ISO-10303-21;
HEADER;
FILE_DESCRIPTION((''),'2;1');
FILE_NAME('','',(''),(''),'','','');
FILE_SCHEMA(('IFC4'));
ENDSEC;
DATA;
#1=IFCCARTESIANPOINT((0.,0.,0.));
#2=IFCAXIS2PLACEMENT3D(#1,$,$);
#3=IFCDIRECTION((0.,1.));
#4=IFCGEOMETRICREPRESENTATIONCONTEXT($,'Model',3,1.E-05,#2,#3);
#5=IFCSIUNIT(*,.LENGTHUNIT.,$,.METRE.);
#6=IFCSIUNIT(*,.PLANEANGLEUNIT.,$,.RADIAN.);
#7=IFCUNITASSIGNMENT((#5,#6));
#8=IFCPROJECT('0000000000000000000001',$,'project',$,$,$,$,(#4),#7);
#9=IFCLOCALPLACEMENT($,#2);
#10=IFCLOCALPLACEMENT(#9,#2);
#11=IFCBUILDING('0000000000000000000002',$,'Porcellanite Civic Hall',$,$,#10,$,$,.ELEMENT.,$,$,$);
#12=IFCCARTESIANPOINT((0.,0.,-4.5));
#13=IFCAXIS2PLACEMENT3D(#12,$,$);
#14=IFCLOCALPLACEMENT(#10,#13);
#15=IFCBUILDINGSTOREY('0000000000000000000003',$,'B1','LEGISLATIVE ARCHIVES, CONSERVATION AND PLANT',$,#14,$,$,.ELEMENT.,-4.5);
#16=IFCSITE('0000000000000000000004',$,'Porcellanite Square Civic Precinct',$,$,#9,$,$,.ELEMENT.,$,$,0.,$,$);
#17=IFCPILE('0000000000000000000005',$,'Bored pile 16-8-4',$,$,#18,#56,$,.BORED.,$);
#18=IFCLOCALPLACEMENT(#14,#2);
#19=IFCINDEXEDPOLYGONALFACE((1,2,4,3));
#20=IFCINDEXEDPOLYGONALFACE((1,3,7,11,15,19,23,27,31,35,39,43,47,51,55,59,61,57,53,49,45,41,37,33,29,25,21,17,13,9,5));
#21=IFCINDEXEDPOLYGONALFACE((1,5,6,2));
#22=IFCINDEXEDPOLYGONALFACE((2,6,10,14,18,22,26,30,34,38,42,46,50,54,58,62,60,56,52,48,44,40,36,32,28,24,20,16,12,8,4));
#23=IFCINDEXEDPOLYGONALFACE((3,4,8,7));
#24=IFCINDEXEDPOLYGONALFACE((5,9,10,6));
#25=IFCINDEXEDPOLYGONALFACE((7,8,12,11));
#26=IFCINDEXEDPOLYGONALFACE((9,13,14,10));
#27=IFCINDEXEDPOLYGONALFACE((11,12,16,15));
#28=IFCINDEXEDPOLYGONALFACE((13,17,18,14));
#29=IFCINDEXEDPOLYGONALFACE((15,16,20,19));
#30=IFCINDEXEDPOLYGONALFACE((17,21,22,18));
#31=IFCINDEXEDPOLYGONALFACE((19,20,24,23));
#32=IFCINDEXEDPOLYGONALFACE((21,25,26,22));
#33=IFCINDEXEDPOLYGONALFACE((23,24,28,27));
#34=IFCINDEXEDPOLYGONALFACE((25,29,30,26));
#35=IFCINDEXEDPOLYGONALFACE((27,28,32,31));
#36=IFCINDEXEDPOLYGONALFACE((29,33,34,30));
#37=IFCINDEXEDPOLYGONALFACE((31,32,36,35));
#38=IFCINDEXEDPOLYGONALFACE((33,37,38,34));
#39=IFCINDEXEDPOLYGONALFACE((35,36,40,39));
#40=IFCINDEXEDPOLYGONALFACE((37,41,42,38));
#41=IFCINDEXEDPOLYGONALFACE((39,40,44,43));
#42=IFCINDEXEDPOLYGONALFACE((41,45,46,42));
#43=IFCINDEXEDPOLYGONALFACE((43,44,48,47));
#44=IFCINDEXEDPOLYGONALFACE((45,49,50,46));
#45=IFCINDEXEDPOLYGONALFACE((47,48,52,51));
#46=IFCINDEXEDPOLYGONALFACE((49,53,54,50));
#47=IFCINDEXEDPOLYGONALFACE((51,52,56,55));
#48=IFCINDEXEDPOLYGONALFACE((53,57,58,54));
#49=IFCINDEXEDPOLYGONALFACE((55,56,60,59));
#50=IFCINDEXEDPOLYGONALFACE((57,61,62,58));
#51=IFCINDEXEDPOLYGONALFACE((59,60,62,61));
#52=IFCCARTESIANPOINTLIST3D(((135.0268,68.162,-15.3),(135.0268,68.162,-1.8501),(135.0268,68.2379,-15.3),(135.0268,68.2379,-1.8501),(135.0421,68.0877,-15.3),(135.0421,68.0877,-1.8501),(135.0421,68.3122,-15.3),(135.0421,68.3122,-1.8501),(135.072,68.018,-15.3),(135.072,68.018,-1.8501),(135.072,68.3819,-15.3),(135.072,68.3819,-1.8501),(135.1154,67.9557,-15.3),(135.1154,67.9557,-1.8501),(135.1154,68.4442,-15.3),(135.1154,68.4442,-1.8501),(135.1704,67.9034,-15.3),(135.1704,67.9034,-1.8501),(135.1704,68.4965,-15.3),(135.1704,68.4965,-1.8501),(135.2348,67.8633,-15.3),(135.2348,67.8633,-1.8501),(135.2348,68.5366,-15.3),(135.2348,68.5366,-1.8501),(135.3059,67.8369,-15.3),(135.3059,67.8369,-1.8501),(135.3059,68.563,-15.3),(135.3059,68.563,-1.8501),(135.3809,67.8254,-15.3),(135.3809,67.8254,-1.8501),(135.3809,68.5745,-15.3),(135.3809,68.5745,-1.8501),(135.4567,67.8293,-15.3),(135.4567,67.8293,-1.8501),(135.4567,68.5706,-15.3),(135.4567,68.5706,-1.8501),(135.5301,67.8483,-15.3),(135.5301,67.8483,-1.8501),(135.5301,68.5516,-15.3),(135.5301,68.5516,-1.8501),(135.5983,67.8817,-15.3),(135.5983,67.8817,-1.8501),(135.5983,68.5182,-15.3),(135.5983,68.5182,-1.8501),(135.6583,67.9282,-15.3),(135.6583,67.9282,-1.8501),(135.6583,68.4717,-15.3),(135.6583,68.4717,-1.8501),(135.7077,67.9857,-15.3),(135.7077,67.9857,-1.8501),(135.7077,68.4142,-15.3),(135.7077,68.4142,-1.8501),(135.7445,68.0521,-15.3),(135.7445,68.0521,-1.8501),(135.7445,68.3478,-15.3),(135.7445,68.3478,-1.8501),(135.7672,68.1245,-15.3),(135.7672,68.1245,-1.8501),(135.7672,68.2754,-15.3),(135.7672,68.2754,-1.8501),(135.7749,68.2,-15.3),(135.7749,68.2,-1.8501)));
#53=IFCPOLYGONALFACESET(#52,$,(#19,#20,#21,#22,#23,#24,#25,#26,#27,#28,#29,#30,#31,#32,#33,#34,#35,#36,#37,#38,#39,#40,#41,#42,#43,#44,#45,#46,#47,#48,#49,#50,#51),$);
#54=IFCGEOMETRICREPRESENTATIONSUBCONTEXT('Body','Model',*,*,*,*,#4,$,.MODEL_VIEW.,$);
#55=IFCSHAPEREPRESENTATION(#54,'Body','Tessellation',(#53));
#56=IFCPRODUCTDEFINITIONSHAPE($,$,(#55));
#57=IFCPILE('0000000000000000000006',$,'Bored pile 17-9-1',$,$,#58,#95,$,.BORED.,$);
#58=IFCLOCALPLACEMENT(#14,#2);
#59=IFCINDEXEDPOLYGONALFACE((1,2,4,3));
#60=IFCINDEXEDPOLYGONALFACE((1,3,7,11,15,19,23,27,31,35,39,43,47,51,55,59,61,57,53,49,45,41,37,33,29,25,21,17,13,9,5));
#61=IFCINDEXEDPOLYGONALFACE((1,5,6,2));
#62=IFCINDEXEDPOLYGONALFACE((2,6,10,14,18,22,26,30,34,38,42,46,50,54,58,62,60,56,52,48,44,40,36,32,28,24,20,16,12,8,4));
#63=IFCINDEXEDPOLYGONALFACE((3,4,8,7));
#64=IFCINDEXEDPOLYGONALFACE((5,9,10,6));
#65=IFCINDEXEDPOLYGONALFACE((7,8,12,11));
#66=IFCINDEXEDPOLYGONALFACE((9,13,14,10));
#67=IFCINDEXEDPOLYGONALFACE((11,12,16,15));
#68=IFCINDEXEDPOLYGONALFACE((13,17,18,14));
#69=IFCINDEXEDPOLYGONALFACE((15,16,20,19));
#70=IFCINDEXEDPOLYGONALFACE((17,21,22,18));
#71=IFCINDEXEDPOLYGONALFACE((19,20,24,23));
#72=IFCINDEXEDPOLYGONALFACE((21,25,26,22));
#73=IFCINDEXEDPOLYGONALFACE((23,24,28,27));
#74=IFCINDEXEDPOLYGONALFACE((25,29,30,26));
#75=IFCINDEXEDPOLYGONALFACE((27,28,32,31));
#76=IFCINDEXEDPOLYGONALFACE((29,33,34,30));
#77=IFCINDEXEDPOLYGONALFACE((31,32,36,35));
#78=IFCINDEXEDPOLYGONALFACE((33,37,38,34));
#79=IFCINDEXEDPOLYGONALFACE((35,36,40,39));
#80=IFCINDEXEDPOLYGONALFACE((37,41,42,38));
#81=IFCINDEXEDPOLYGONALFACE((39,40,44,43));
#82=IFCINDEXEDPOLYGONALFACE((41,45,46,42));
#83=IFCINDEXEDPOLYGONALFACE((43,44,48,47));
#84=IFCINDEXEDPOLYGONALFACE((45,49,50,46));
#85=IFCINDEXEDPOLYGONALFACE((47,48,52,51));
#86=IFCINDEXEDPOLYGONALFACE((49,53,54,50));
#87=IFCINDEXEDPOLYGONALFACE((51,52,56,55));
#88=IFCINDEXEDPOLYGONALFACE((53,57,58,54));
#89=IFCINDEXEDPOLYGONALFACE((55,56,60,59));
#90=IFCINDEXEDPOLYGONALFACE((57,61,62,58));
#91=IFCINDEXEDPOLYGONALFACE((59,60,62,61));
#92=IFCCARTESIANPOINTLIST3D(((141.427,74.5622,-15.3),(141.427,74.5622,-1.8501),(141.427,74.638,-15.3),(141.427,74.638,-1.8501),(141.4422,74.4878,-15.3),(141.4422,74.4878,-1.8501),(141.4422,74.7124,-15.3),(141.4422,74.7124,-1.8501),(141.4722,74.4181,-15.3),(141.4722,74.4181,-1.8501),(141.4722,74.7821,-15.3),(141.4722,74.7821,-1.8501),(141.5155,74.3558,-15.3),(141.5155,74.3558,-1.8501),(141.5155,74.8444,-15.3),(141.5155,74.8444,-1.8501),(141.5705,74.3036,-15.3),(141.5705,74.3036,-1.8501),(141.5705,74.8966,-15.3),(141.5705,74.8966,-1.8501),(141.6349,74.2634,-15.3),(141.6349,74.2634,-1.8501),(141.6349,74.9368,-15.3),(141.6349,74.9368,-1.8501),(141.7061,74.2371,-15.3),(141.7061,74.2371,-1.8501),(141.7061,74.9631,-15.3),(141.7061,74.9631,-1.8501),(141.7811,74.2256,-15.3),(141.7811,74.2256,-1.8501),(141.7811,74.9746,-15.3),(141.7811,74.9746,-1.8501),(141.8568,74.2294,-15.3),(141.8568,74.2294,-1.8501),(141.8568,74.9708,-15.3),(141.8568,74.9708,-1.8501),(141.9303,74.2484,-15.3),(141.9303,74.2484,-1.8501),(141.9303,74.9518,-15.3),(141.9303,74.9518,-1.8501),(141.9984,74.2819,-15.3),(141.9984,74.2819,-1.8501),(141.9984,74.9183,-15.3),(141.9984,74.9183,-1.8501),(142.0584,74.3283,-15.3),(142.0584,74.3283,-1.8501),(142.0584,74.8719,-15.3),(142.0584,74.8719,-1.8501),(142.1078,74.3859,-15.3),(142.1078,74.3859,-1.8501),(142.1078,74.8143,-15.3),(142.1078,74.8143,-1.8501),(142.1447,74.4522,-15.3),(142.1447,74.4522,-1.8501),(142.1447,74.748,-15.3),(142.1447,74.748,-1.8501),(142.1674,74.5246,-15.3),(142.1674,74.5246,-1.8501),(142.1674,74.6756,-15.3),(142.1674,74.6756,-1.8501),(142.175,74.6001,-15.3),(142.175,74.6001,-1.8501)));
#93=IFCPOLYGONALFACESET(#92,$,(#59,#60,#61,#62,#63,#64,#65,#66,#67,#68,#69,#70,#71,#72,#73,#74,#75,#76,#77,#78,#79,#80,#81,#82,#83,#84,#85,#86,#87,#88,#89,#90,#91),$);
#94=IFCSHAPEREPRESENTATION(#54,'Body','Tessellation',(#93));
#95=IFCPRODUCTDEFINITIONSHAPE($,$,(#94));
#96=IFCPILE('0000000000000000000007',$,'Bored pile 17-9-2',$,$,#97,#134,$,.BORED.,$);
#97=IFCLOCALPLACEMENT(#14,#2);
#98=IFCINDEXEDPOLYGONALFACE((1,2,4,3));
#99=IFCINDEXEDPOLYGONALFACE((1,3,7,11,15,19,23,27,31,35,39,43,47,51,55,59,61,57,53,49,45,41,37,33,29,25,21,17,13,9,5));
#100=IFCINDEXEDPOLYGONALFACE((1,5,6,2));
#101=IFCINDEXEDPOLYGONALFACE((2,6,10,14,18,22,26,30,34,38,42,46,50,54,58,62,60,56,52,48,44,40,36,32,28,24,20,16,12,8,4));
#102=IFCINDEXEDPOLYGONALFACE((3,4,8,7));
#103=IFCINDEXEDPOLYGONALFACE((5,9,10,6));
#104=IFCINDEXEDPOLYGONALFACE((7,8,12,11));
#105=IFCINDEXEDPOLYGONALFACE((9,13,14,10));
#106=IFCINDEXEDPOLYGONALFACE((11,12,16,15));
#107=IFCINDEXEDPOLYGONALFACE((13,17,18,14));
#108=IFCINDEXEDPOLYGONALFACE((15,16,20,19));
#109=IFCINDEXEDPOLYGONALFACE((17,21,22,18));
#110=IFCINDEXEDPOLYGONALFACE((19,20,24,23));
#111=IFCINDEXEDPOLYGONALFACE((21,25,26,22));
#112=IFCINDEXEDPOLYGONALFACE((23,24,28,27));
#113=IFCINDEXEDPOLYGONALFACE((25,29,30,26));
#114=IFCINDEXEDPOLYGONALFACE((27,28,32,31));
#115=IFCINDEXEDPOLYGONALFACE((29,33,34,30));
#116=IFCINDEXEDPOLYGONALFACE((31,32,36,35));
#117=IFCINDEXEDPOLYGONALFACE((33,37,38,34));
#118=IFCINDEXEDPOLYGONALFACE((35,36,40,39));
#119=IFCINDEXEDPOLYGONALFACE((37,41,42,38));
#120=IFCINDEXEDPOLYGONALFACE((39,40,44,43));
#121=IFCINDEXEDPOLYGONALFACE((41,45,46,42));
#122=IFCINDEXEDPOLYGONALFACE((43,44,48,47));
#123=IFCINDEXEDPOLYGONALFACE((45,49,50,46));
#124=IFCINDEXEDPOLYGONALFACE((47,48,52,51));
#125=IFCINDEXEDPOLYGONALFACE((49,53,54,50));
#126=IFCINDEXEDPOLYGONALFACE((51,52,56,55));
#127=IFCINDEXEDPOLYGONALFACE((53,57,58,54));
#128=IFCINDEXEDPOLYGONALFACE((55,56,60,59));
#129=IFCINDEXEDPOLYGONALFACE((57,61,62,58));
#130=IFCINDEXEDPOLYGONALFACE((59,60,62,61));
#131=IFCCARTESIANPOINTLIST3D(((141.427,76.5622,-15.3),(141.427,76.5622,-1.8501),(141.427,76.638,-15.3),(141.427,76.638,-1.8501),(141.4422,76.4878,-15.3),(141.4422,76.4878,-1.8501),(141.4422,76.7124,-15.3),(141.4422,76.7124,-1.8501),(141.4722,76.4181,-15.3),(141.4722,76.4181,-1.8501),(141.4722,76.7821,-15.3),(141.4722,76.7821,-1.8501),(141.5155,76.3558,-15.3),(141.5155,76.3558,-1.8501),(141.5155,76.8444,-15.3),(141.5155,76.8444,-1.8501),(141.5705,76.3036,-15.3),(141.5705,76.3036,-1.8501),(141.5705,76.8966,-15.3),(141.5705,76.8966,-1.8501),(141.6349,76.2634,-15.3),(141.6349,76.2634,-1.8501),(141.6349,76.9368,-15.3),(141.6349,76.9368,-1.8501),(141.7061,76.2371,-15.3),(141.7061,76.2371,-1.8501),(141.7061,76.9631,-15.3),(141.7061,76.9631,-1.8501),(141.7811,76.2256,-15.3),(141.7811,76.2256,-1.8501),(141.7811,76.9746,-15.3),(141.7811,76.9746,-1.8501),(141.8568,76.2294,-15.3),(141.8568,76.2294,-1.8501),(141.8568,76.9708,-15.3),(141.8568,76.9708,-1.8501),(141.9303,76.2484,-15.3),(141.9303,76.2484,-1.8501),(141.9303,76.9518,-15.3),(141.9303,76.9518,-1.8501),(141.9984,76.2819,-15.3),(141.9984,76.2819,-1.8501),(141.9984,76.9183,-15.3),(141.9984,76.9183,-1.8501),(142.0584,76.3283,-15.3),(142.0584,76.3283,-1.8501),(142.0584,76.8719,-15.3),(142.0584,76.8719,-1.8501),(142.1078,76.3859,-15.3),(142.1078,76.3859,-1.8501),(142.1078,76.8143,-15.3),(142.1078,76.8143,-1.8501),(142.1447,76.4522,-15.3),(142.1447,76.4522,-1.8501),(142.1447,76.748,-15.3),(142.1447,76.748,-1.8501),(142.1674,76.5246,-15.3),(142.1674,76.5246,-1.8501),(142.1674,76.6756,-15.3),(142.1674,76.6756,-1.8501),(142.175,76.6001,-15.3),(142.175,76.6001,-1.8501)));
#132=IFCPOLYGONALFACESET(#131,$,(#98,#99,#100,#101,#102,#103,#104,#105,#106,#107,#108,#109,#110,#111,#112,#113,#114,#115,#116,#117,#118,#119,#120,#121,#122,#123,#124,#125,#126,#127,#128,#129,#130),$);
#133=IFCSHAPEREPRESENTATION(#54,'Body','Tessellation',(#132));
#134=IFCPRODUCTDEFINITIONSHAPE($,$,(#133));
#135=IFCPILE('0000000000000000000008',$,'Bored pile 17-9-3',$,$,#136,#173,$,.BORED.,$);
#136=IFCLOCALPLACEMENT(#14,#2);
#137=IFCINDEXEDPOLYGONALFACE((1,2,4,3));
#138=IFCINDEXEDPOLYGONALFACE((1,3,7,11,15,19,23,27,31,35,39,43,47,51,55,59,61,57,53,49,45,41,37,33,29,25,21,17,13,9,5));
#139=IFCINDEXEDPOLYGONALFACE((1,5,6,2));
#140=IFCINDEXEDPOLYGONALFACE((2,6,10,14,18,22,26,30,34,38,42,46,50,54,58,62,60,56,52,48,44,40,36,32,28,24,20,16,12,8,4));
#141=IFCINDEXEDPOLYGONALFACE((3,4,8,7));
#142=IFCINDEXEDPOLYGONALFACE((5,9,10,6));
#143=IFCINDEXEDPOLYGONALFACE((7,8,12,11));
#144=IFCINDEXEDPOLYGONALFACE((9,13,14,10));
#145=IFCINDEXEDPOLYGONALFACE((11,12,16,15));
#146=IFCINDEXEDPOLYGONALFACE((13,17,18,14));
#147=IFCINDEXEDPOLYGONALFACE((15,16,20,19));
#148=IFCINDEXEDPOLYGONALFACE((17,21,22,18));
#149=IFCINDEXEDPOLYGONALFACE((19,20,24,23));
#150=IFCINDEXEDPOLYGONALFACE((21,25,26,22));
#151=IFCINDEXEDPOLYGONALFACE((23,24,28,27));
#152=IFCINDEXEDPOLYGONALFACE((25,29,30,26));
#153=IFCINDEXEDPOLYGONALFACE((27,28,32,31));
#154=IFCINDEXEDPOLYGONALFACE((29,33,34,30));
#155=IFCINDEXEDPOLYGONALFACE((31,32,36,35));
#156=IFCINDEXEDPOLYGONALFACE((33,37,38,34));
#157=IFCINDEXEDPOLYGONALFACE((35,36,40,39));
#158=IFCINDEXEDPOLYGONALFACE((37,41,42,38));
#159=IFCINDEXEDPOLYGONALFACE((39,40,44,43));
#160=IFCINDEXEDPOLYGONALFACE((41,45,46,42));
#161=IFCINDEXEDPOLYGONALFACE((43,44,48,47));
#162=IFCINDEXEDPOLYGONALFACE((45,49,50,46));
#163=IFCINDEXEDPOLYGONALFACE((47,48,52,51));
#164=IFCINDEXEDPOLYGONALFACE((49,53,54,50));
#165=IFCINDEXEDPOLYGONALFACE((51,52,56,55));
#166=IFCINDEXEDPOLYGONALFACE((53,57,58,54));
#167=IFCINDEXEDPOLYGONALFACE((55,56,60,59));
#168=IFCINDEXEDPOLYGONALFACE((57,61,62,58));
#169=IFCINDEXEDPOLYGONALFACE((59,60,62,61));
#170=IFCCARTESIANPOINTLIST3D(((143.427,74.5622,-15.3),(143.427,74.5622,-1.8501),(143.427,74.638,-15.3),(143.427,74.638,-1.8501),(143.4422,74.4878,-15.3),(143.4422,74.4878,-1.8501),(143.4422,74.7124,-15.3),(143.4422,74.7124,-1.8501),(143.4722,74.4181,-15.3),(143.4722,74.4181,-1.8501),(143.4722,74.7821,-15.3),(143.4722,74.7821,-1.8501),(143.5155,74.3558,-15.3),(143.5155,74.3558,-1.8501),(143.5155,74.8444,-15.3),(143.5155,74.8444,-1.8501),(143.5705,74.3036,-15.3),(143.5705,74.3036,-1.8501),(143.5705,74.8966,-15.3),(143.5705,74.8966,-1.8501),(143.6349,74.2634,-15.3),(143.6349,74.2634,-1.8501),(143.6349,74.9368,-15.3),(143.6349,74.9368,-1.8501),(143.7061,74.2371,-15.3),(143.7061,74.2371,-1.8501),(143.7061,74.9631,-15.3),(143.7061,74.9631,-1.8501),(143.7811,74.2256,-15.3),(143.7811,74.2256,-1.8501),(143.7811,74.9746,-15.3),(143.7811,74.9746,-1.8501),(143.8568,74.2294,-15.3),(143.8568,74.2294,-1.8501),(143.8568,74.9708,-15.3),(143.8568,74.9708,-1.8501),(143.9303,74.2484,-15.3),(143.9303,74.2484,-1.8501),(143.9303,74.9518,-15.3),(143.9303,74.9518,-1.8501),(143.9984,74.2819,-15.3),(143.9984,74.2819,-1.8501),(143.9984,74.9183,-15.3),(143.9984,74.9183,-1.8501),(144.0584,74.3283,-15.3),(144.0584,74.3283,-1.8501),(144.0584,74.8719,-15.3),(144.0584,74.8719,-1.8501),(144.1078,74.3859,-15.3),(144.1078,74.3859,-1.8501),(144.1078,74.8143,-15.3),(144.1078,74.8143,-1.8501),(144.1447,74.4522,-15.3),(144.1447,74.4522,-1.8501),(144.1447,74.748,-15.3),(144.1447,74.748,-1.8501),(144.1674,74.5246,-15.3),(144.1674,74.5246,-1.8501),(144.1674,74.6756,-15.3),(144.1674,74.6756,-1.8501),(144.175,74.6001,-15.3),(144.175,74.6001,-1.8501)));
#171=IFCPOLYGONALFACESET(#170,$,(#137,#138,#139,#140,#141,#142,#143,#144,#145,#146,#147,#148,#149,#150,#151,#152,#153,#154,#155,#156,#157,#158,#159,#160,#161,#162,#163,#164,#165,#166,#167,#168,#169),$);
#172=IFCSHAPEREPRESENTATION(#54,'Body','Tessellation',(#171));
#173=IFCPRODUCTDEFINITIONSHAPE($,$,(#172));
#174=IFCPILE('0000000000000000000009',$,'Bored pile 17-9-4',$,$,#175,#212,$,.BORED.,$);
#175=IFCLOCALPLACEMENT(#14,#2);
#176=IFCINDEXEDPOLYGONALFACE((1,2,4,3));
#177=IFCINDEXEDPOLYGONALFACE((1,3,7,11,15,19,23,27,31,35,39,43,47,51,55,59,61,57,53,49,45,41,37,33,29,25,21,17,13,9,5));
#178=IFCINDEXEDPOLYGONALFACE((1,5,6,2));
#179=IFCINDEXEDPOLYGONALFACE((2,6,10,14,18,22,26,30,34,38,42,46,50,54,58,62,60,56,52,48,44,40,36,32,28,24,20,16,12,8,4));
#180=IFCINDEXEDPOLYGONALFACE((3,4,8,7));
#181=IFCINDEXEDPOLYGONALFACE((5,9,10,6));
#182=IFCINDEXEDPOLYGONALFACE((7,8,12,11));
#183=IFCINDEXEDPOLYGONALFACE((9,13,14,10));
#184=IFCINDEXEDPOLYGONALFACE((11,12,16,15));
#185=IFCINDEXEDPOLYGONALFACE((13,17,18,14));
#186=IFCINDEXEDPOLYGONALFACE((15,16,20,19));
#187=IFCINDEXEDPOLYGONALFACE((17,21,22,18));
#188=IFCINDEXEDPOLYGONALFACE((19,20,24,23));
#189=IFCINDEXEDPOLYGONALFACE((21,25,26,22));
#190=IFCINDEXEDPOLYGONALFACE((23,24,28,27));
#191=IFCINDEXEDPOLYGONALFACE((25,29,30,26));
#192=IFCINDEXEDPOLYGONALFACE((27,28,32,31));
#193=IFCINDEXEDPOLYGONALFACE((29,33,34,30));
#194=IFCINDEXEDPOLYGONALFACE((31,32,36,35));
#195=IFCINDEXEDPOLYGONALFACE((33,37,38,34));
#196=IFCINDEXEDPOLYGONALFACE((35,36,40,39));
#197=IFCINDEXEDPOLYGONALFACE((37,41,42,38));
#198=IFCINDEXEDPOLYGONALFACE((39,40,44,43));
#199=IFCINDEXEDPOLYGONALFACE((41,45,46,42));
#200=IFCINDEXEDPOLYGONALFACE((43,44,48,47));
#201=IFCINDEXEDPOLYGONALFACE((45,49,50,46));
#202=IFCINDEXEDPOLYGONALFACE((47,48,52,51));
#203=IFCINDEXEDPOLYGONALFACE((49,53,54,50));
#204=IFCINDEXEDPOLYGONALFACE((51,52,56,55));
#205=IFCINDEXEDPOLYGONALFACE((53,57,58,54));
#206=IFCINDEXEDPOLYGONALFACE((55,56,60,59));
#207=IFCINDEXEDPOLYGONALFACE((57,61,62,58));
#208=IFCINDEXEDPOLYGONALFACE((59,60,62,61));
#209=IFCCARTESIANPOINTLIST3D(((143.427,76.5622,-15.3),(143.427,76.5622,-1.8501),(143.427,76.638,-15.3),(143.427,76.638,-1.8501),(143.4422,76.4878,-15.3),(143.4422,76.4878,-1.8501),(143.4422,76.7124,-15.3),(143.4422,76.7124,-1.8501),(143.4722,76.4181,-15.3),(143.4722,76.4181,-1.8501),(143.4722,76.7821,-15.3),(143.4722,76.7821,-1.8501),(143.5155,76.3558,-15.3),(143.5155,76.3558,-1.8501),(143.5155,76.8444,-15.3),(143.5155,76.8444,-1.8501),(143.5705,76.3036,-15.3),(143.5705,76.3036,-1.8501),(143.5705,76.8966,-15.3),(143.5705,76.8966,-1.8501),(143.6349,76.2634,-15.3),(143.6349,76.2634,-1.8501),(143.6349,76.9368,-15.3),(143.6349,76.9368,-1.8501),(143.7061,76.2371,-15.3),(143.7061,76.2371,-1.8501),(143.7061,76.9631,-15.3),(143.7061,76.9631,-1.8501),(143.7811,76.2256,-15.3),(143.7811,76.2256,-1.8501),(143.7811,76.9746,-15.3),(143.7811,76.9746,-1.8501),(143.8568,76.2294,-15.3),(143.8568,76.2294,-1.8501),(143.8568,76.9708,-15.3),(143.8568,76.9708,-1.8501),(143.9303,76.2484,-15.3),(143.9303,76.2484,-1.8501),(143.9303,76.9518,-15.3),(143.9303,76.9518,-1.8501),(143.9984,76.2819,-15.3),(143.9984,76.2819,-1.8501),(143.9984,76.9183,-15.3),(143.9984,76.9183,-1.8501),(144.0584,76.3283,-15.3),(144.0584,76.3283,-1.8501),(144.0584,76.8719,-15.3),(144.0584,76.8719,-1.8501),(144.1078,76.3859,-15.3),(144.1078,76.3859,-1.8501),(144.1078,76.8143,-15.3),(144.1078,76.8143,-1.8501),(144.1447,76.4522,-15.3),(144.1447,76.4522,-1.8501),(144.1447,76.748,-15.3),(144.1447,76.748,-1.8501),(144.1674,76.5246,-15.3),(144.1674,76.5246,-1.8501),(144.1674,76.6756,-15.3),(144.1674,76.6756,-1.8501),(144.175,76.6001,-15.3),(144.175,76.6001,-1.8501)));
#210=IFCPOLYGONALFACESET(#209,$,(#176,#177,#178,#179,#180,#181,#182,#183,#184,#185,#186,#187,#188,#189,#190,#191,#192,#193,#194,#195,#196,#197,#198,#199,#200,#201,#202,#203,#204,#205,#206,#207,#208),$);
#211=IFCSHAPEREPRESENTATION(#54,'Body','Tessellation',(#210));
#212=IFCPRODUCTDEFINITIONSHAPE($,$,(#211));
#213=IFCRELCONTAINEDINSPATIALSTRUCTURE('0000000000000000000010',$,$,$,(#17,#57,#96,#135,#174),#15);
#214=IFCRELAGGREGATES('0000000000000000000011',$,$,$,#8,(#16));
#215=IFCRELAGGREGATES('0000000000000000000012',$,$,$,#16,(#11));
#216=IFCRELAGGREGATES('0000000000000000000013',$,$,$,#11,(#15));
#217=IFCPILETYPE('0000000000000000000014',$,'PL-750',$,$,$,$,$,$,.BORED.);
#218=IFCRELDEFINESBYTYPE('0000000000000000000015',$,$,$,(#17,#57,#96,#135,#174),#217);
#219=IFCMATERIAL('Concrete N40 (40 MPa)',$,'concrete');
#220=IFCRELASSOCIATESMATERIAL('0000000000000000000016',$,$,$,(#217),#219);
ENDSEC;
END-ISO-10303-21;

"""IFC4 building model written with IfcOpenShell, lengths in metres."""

from ifc_helpers import new_model, si_unit, direction, frame, origin, origin_2d, place, context, subcontext, project, spatial, circle, extrude, material, material_profile, profile_set, type_object, element, save


model = new_model("IFC4")

# Units and contexts
model_context = context("Model", 3, precision=1e-05, world=origin(), true_north=direction((0.0, 1.0)))
body_context = subcontext(model_context, "Body", "Model", "MODEL_VIEW")
ifc_project = project(units=[si_unit("LENGTHUNIT", "METRE"), si_unit("PLANEANGLEUNIT", "RADIAN")], contexts=[model_context])

# Site, building, storey
site_placement = place(None, origin())
site = spatial("IfcSite", under=ifc_project, at=site_placement, Name="Porcellanite Square Civic Precinct", CompositionType="ELEMENT", RefElevation=0.0)
building_placement = place(site_placement, origin())
building = spatial("IfcBuilding", under=site, at=building_placement, Name="Porcellanite Civic Hall", CompositionType="ELEMENT")
storey_placement = place(building_placement, frame((0.0, 0.0, -4.5)))
storey = spatial("IfcBuildingStorey", under=building, at=storey_placement, Name="B1", Description="LEGISLATIVE ARCHIVES, CONSERVATION AND PLANT", CompositionType="ELEMENT", Elevation=-4.5)

# Piles
ifc_material_1 = material(Name="Concrete N40 (40 MPa)", Category="concrete")
ifc_material_profile_1 = material_profile(ifc_material_1, circle(Radius=0.375, at=origin_2d()), Name="PILE-D750")
ifc_profile_set_1 = profile_set([ifc_material_profile_1], Name="Concrete N40 (40 MPa)")
pile_type_1 = type_object("IfcPileType", Name="PL-750", PredefinedType="BORED", material=ifc_profile_set_1)
for number, where, z_axis, x_axis, name in (
    (1, (135.3999, 68.2, -1.8501), (0.0, 0.0, -1.0), (1.0, 0.0, 0.0), "Bored pile 16-8-4"),
    (2, (141.8, 74.6001, -1.8501), (0.0, 0.0, -1.0), (1.0, 0.0, 0.0), "Bored pile 17-9-1"),
    (3, (141.8, 76.6001, -1.8501), (0.0, 0.0, -1.0), (1.0, 0.0, 0.0), "Bored pile 17-9-2"),
    (4, (143.8, 74.6001, -1.8501), (0.0, 0.0, -1.0), (1.0, 0.0, 0.0), "Bored pile 17-9-3"),
    (5, (143.8, 76.6001, -1.8501), (0.0, 0.0, -1.0), (1.0, 0.0, 0.0), "Bored pile 17-9-4"),
):
    element("IfcPile", number, at=place(storey_placement, frame(where, z_axis=z_axis, x_axis=x_axis)), inside=storey, type_object=pile_type_1, Name=name, PredefinedType="BORED", context=body_context, shape_type="SweptSolid", body=[
        extrude(circle(Radius=0.375, at=origin_2d()), origin(), (0.0, 0.0, 1.0), 13.45),
    ])

save(model, "model.ifc")
